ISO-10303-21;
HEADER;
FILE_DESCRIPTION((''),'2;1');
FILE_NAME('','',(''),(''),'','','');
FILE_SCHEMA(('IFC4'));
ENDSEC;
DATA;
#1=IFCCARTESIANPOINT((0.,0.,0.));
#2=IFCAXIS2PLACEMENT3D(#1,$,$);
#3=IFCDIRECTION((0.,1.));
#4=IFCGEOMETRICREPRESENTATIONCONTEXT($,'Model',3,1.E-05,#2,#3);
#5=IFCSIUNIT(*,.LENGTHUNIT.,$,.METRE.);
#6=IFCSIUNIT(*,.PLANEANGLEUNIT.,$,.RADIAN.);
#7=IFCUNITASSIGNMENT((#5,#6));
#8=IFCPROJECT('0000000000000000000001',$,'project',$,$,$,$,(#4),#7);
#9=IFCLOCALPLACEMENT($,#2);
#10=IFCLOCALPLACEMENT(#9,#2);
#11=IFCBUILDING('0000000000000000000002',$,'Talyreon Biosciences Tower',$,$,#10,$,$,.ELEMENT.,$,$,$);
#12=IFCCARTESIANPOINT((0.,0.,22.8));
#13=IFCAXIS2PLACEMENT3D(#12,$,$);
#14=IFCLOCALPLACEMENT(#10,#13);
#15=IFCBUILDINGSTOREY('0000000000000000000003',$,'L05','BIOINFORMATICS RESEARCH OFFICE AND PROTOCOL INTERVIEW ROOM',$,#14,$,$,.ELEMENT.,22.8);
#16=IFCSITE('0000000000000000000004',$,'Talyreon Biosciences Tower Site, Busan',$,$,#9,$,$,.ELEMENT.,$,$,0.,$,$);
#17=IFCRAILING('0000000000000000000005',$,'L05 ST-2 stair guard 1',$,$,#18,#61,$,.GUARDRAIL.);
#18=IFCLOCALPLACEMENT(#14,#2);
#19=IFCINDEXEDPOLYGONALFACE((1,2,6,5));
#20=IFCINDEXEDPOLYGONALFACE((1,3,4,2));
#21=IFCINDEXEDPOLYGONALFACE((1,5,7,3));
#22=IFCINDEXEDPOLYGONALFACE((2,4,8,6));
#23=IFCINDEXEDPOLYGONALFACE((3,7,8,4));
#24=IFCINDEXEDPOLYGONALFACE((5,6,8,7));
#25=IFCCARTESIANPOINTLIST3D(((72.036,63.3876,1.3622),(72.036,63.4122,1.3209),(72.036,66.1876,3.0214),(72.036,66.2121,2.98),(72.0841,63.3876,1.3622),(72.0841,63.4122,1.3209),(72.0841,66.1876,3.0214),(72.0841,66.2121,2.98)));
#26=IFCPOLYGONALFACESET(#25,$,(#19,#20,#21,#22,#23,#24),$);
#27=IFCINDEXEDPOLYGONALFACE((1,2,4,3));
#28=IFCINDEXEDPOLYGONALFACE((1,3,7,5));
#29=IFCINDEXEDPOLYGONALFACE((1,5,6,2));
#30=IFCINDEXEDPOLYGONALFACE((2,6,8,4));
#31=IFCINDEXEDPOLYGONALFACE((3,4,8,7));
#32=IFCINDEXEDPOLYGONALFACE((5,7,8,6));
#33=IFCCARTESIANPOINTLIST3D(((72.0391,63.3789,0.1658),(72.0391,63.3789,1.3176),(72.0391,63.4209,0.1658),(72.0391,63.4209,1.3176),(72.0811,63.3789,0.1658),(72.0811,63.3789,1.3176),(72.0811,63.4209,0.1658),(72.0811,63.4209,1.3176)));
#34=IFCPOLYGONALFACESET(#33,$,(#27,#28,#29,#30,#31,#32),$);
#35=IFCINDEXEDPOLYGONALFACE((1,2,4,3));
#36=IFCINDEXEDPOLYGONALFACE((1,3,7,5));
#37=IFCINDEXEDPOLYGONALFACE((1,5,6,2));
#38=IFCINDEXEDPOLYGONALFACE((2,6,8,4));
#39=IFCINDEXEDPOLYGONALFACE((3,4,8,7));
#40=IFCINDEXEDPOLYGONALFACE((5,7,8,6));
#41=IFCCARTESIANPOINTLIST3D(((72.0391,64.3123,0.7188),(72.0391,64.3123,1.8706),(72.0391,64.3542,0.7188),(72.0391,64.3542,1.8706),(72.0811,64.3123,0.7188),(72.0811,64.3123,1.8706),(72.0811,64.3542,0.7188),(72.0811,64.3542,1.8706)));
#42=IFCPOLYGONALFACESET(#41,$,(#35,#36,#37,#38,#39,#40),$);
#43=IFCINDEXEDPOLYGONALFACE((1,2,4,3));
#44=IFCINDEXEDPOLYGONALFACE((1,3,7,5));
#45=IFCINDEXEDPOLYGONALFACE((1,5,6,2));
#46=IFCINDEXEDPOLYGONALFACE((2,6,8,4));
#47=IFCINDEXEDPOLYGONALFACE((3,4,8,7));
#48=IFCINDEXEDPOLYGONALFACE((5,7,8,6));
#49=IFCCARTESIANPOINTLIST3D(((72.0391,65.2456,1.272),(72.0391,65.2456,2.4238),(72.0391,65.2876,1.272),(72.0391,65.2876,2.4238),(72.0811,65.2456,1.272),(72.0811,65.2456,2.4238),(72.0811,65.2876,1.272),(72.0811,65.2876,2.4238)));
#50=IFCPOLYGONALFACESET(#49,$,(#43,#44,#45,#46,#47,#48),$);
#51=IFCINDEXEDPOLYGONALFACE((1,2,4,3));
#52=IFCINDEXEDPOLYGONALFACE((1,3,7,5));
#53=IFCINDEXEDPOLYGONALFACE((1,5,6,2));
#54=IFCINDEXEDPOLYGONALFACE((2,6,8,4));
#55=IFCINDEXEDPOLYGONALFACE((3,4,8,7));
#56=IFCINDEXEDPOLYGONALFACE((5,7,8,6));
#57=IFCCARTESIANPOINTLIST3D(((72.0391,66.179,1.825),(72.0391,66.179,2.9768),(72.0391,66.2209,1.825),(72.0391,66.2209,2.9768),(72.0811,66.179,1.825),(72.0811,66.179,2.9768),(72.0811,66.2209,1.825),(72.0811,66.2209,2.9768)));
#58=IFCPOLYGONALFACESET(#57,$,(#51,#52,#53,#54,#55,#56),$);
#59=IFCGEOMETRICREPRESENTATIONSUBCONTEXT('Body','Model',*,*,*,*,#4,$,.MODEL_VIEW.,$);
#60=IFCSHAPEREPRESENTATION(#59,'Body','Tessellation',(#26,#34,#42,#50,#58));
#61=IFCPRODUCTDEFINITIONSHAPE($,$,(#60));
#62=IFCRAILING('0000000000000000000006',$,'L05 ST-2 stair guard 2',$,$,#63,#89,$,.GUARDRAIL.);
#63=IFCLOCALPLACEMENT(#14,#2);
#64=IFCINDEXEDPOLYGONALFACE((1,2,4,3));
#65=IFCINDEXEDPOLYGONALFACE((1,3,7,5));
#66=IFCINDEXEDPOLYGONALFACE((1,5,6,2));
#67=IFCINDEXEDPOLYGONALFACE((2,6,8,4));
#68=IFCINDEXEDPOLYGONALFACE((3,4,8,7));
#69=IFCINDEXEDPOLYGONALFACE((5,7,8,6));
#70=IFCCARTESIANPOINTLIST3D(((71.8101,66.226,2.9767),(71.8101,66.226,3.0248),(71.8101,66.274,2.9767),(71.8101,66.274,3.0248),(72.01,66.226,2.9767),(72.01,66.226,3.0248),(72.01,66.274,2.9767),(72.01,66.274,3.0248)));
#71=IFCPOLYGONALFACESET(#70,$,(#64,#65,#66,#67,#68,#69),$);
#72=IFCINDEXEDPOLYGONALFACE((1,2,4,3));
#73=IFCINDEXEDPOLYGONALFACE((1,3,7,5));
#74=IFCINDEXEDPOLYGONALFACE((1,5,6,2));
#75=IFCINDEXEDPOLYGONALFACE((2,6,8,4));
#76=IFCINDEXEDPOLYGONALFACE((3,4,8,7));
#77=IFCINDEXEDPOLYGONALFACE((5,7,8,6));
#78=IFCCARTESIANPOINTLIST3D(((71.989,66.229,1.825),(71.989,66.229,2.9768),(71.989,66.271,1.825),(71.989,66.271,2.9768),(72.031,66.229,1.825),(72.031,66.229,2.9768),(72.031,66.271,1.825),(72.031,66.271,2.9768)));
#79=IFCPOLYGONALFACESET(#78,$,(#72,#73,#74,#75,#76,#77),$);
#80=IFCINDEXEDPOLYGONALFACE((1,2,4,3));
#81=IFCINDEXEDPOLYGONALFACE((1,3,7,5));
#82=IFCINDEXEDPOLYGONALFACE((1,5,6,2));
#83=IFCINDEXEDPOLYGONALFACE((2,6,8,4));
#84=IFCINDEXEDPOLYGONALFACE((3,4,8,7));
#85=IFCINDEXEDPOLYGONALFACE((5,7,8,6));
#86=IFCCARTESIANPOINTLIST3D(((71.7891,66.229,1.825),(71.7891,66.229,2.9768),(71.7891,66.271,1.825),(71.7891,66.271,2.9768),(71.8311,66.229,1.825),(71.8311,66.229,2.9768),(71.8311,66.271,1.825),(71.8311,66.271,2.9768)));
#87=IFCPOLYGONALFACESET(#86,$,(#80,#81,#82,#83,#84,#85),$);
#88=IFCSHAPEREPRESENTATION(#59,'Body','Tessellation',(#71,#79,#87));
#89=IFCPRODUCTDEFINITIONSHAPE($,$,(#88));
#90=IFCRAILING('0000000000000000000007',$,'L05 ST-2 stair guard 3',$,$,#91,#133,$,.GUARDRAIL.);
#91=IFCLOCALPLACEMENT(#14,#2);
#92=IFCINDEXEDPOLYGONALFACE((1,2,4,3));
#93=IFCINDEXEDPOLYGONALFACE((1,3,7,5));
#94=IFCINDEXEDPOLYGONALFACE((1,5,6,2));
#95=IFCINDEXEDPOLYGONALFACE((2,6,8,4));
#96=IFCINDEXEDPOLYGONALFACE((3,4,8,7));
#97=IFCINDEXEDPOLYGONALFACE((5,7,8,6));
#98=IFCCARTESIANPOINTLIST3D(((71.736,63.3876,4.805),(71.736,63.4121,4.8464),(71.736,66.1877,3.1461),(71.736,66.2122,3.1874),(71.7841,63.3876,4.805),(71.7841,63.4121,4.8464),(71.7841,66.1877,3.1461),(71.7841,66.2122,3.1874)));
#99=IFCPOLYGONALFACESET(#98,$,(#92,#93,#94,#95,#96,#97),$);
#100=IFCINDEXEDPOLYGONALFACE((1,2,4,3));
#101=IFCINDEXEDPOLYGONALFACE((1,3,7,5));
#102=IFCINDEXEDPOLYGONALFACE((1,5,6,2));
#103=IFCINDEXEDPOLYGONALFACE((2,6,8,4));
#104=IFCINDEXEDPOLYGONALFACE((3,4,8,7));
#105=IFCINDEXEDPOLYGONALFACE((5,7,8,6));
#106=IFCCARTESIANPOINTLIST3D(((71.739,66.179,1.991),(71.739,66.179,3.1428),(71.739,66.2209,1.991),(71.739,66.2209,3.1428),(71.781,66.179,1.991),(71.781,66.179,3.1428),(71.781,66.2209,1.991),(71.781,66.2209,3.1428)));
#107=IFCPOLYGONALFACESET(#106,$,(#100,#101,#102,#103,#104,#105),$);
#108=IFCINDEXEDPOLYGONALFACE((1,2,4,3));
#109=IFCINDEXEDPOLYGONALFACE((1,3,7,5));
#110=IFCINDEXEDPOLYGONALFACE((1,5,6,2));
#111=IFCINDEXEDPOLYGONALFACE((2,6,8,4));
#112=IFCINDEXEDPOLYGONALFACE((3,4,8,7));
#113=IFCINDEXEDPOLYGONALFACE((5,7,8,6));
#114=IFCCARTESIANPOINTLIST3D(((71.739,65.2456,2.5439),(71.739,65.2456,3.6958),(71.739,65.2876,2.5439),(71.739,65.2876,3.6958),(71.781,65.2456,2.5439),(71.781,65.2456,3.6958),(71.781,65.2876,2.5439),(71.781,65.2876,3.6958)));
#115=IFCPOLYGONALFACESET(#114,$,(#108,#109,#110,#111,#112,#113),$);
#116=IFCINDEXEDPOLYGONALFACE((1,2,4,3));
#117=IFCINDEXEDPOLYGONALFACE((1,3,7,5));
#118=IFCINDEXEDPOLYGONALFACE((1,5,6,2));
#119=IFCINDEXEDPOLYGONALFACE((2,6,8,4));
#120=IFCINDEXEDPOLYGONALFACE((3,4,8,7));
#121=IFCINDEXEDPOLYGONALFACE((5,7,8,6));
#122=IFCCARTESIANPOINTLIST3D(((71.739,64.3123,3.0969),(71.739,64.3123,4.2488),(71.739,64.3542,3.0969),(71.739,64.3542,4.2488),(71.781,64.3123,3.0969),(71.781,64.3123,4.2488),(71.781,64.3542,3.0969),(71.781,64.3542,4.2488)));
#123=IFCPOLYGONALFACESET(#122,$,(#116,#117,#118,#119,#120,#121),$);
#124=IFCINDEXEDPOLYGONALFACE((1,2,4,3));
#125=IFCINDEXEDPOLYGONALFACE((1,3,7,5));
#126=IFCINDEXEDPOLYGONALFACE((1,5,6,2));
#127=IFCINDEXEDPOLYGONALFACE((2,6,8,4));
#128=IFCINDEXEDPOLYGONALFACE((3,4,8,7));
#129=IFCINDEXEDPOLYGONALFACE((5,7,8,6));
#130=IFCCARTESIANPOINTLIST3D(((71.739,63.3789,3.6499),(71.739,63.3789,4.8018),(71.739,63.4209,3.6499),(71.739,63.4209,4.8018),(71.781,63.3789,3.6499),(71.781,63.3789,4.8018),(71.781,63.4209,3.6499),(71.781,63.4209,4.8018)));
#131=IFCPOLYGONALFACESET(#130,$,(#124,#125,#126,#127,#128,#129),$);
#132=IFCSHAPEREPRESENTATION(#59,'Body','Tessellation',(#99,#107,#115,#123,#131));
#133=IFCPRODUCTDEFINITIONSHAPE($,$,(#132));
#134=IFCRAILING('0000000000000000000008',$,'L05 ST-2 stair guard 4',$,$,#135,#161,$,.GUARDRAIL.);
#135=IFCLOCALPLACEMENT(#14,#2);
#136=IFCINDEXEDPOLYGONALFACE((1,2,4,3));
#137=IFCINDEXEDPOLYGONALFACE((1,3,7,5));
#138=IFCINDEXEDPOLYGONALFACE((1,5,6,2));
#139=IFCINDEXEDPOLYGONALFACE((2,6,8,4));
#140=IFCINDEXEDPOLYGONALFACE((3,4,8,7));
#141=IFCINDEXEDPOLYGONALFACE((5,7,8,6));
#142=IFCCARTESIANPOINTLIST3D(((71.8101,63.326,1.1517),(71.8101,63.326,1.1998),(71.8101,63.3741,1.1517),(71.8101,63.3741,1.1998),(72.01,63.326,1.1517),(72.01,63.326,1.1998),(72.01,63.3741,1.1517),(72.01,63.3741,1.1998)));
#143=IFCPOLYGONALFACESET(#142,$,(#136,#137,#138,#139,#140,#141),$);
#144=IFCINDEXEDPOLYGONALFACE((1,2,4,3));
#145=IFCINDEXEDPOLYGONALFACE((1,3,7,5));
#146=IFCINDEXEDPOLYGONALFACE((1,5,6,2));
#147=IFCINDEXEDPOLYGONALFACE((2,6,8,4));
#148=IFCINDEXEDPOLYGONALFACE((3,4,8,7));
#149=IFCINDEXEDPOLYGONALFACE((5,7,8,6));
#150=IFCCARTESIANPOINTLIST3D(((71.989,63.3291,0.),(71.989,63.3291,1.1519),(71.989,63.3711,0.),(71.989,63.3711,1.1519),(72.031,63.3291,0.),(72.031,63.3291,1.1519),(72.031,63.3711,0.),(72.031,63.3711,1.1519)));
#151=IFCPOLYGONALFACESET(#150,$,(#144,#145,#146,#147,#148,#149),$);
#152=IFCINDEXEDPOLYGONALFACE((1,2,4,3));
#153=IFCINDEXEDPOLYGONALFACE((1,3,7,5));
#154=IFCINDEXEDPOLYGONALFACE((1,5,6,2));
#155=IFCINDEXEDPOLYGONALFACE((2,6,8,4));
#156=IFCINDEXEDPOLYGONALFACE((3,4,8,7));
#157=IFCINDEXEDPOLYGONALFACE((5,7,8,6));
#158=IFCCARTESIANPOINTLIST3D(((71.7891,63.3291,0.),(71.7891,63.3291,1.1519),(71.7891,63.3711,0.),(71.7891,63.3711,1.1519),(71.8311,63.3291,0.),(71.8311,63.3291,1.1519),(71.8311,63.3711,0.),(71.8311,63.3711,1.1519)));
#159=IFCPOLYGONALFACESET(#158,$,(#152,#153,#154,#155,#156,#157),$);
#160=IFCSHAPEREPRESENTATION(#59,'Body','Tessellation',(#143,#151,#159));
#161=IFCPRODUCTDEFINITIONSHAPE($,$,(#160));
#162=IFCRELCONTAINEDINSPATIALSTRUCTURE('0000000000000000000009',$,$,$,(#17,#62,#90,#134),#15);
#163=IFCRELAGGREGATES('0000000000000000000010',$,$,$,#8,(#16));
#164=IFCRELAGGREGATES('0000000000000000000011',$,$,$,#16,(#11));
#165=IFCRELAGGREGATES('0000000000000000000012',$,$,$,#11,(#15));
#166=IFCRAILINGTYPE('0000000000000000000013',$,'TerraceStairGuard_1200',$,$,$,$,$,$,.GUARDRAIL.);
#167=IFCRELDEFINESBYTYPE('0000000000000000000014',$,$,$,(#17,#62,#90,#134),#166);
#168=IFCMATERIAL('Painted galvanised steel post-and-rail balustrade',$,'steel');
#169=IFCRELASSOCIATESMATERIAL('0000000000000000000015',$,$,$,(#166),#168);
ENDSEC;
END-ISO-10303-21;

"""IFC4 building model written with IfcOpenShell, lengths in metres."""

from ifc_helpers import new_model, si_unit, direction, frame, origin, origin_2d, place, context, subcontext, project, spatial, rectangle, extrude, material, type_object, element, save


model = new_model("IFC4")

# Units and contexts
model_context = context("Model", 3, precision=1e-05, world=origin(), true_north=direction((0.0, 1.0)))
body_context = subcontext(model_context, "Body", "Model", "MODEL_VIEW")
ifc_project = project(units=[si_unit("LENGTHUNIT", "METRE"), si_unit("PLANEANGLEUNIT", "RADIAN")], contexts=[model_context])

# Site, building, storey
site_placement = place(None, origin())
site = spatial("IfcSite", under=ifc_project, at=site_placement, Name="Talyreon Biosciences Tower Site, Busan", CompositionType="ELEMENT", RefElevation=0.0)
building_placement = place(site_placement, origin())
building = spatial("IfcBuilding", under=site, at=building_placement, Name="Talyreon Biosciences Tower", CompositionType="ELEMENT")
storey_placement = place(building_placement, frame((0.0, 0.0, 22.8)))
storey = spatial("IfcBuildingStorey", under=building, at=storey_placement, Name="L05", Description="BIOINFORMATICS RESEARCH OFFICE AND PROTOCOL INTERVIEW ROOM", CompositionType="ELEMENT", Elevation=22.8)

# Railings
ifc_material_1 = material(Name="Painted galvanised steel post-and-rail balustrade", Category="steel")
railing_type_1 = type_object("IfcRailingType", Name="TerraceStairGuard_1200", PredefinedType="GUARDRAIL", material=ifc_material_1)
railing_1_placement = place(storey_placement, frame((72.0601, 63.3999, 0.1658)))
element("IfcRailing", 1, at=railing_1_placement, inside=storey, type_object=railing_type_1, Name="L05 ST-2 stair guard 1", PredefinedType="GUARDRAIL", context=body_context, shape_type="SweptSolid", body=[
    extrude(rectangle(XDim=0.0481, YDim=0.0481, at=origin_2d()), frame((0.0, 0.0, 1.1758), z_axis=(0.0, 0.860306, 0.509778), x_axis=(-1.0, 0.0, 0.0)), (0.0, 0.0, 1.0), 3.2546),
    extrude(rectangle(XDim=0.042, YDim=0.042, at=origin_2d()), origin(), (0.0, 0.0, 1.0), 1.1519),
    extrude(rectangle(XDim=0.042, YDim=0.042, at=origin_2d()), frame((0.0, 0.9333, 0.553)), (0.0, 0.0, 1.0), 1.1519),
    extrude(rectangle(XDim=0.042, YDim=0.042, at=origin_2d()), frame((0.0, 1.8667, 1.1062)), (0.0, 0.0, 1.0), 1.1519),
    extrude(rectangle(XDim=0.042, YDim=0.042, at=origin_2d()), frame((0.0, 2.8, 1.6592)), (0.0, 0.0, 1.0), 1.1519),
])
railing_2_placement = place(storey_placement, frame((72.01, 66.25, 1.825)))
element("IfcRailing", 2, at=railing_2_placement, inside=storey, type_object=railing_type_1, Name="L05 ST-2 stair guard 2", PredefinedType="GUARDRAIL", context=body_context, shape_type="SweptSolid", body=[
    extrude(rectangle(XDim=0.0481, YDim=0.0481, at=origin_2d()), frame((0.0, 0.0, 1.1758), z_axis=(-1.0, 0.0, 0.0), x_axis=(0.0, -1.0, 0.0)), (0.0, 0.0, 1.0), 0.2),
    extrude(rectangle(XDim=0.042, YDim=0.042, at=origin_2d()), origin(), (0.0, 0.0, 1.0), 1.1519),
    extrude(rectangle(XDim=0.042, YDim=0.042, at=origin_2d()), frame((-0.2, 0.0, 0.0)), (0.0, 0.0, 1.0), 1.1519),
])
railing_3_placement = place(storey_placement, frame((71.76, 66.2, 1.991)))
element("IfcRailing", 3, at=railing_3_placement, inside=storey, type_object=railing_type_1, Name="L05 ST-2 stair guard 3", PredefinedType="GUARDRAIL", context=body_context, shape_type="SweptSolid", body=[
    extrude(rectangle(XDim=0.0481, YDim=0.0481, at=origin_2d()), frame((0.0, 0.0, 1.1758), z_axis=(0.0, -0.860339, 0.509722), x_axis=(1.0, 0.0, 0.0)), (0.0, 0.0, 1.0), 3.2546),
    extrude(rectangle(XDim=0.042, YDim=0.042, at=origin_2d()), origin(), (0.0, 0.0, 1.0), 1.1519),
    extrude(rectangle(XDim=0.042, YDim=0.042, at=origin_2d()), frame((0.0, -0.9333, 0.553)), (0.0, 0.0, 1.0), 1.1519),
    extrude(rectangle(XDim=0.042, YDim=0.042, at=origin_2d()), frame((0.0, -1.8667, 1.106)), (0.0, 0.0, 1.0), 1.1519),
    extrude(rectangle(XDim=0.042, YDim=0.042, at=origin_2d()), frame((0.0, -2.8, 1.6589)), (0.0, 0.0, 1.0), 1.1519),
])
railing_4_placement = place(storey_placement, frame((72.01, 63.3501, 0.0)))
element("IfcRailing", 4, at=railing_4_placement, inside=storey, type_object=railing_type_1, Name="L05 ST-2 stair guard 4", PredefinedType="GUARDRAIL", context=body_context, shape_type="SweptSolid", body=[
    extrude(rectangle(XDim=0.0481, YDim=0.0481, at=origin_2d()), frame((0.0, 0.0, 1.1758), z_axis=(-1.0, 0.0, 0.0), x_axis=(0.0, -1.0, 0.0)), (0.0, 0.0, 1.0), 0.2),
    extrude(rectangle(XDim=0.042, YDim=0.042, at=origin_2d()), origin(), (0.0, 0.0, 1.0), 1.1519),
    extrude(rectangle(XDim=0.042, YDim=0.042, at=origin_2d()), frame((-0.2, 0.0, 0.0)), (0.0, 0.0, 1.0), 1.1519),
])

save(model, "model.ifc")
